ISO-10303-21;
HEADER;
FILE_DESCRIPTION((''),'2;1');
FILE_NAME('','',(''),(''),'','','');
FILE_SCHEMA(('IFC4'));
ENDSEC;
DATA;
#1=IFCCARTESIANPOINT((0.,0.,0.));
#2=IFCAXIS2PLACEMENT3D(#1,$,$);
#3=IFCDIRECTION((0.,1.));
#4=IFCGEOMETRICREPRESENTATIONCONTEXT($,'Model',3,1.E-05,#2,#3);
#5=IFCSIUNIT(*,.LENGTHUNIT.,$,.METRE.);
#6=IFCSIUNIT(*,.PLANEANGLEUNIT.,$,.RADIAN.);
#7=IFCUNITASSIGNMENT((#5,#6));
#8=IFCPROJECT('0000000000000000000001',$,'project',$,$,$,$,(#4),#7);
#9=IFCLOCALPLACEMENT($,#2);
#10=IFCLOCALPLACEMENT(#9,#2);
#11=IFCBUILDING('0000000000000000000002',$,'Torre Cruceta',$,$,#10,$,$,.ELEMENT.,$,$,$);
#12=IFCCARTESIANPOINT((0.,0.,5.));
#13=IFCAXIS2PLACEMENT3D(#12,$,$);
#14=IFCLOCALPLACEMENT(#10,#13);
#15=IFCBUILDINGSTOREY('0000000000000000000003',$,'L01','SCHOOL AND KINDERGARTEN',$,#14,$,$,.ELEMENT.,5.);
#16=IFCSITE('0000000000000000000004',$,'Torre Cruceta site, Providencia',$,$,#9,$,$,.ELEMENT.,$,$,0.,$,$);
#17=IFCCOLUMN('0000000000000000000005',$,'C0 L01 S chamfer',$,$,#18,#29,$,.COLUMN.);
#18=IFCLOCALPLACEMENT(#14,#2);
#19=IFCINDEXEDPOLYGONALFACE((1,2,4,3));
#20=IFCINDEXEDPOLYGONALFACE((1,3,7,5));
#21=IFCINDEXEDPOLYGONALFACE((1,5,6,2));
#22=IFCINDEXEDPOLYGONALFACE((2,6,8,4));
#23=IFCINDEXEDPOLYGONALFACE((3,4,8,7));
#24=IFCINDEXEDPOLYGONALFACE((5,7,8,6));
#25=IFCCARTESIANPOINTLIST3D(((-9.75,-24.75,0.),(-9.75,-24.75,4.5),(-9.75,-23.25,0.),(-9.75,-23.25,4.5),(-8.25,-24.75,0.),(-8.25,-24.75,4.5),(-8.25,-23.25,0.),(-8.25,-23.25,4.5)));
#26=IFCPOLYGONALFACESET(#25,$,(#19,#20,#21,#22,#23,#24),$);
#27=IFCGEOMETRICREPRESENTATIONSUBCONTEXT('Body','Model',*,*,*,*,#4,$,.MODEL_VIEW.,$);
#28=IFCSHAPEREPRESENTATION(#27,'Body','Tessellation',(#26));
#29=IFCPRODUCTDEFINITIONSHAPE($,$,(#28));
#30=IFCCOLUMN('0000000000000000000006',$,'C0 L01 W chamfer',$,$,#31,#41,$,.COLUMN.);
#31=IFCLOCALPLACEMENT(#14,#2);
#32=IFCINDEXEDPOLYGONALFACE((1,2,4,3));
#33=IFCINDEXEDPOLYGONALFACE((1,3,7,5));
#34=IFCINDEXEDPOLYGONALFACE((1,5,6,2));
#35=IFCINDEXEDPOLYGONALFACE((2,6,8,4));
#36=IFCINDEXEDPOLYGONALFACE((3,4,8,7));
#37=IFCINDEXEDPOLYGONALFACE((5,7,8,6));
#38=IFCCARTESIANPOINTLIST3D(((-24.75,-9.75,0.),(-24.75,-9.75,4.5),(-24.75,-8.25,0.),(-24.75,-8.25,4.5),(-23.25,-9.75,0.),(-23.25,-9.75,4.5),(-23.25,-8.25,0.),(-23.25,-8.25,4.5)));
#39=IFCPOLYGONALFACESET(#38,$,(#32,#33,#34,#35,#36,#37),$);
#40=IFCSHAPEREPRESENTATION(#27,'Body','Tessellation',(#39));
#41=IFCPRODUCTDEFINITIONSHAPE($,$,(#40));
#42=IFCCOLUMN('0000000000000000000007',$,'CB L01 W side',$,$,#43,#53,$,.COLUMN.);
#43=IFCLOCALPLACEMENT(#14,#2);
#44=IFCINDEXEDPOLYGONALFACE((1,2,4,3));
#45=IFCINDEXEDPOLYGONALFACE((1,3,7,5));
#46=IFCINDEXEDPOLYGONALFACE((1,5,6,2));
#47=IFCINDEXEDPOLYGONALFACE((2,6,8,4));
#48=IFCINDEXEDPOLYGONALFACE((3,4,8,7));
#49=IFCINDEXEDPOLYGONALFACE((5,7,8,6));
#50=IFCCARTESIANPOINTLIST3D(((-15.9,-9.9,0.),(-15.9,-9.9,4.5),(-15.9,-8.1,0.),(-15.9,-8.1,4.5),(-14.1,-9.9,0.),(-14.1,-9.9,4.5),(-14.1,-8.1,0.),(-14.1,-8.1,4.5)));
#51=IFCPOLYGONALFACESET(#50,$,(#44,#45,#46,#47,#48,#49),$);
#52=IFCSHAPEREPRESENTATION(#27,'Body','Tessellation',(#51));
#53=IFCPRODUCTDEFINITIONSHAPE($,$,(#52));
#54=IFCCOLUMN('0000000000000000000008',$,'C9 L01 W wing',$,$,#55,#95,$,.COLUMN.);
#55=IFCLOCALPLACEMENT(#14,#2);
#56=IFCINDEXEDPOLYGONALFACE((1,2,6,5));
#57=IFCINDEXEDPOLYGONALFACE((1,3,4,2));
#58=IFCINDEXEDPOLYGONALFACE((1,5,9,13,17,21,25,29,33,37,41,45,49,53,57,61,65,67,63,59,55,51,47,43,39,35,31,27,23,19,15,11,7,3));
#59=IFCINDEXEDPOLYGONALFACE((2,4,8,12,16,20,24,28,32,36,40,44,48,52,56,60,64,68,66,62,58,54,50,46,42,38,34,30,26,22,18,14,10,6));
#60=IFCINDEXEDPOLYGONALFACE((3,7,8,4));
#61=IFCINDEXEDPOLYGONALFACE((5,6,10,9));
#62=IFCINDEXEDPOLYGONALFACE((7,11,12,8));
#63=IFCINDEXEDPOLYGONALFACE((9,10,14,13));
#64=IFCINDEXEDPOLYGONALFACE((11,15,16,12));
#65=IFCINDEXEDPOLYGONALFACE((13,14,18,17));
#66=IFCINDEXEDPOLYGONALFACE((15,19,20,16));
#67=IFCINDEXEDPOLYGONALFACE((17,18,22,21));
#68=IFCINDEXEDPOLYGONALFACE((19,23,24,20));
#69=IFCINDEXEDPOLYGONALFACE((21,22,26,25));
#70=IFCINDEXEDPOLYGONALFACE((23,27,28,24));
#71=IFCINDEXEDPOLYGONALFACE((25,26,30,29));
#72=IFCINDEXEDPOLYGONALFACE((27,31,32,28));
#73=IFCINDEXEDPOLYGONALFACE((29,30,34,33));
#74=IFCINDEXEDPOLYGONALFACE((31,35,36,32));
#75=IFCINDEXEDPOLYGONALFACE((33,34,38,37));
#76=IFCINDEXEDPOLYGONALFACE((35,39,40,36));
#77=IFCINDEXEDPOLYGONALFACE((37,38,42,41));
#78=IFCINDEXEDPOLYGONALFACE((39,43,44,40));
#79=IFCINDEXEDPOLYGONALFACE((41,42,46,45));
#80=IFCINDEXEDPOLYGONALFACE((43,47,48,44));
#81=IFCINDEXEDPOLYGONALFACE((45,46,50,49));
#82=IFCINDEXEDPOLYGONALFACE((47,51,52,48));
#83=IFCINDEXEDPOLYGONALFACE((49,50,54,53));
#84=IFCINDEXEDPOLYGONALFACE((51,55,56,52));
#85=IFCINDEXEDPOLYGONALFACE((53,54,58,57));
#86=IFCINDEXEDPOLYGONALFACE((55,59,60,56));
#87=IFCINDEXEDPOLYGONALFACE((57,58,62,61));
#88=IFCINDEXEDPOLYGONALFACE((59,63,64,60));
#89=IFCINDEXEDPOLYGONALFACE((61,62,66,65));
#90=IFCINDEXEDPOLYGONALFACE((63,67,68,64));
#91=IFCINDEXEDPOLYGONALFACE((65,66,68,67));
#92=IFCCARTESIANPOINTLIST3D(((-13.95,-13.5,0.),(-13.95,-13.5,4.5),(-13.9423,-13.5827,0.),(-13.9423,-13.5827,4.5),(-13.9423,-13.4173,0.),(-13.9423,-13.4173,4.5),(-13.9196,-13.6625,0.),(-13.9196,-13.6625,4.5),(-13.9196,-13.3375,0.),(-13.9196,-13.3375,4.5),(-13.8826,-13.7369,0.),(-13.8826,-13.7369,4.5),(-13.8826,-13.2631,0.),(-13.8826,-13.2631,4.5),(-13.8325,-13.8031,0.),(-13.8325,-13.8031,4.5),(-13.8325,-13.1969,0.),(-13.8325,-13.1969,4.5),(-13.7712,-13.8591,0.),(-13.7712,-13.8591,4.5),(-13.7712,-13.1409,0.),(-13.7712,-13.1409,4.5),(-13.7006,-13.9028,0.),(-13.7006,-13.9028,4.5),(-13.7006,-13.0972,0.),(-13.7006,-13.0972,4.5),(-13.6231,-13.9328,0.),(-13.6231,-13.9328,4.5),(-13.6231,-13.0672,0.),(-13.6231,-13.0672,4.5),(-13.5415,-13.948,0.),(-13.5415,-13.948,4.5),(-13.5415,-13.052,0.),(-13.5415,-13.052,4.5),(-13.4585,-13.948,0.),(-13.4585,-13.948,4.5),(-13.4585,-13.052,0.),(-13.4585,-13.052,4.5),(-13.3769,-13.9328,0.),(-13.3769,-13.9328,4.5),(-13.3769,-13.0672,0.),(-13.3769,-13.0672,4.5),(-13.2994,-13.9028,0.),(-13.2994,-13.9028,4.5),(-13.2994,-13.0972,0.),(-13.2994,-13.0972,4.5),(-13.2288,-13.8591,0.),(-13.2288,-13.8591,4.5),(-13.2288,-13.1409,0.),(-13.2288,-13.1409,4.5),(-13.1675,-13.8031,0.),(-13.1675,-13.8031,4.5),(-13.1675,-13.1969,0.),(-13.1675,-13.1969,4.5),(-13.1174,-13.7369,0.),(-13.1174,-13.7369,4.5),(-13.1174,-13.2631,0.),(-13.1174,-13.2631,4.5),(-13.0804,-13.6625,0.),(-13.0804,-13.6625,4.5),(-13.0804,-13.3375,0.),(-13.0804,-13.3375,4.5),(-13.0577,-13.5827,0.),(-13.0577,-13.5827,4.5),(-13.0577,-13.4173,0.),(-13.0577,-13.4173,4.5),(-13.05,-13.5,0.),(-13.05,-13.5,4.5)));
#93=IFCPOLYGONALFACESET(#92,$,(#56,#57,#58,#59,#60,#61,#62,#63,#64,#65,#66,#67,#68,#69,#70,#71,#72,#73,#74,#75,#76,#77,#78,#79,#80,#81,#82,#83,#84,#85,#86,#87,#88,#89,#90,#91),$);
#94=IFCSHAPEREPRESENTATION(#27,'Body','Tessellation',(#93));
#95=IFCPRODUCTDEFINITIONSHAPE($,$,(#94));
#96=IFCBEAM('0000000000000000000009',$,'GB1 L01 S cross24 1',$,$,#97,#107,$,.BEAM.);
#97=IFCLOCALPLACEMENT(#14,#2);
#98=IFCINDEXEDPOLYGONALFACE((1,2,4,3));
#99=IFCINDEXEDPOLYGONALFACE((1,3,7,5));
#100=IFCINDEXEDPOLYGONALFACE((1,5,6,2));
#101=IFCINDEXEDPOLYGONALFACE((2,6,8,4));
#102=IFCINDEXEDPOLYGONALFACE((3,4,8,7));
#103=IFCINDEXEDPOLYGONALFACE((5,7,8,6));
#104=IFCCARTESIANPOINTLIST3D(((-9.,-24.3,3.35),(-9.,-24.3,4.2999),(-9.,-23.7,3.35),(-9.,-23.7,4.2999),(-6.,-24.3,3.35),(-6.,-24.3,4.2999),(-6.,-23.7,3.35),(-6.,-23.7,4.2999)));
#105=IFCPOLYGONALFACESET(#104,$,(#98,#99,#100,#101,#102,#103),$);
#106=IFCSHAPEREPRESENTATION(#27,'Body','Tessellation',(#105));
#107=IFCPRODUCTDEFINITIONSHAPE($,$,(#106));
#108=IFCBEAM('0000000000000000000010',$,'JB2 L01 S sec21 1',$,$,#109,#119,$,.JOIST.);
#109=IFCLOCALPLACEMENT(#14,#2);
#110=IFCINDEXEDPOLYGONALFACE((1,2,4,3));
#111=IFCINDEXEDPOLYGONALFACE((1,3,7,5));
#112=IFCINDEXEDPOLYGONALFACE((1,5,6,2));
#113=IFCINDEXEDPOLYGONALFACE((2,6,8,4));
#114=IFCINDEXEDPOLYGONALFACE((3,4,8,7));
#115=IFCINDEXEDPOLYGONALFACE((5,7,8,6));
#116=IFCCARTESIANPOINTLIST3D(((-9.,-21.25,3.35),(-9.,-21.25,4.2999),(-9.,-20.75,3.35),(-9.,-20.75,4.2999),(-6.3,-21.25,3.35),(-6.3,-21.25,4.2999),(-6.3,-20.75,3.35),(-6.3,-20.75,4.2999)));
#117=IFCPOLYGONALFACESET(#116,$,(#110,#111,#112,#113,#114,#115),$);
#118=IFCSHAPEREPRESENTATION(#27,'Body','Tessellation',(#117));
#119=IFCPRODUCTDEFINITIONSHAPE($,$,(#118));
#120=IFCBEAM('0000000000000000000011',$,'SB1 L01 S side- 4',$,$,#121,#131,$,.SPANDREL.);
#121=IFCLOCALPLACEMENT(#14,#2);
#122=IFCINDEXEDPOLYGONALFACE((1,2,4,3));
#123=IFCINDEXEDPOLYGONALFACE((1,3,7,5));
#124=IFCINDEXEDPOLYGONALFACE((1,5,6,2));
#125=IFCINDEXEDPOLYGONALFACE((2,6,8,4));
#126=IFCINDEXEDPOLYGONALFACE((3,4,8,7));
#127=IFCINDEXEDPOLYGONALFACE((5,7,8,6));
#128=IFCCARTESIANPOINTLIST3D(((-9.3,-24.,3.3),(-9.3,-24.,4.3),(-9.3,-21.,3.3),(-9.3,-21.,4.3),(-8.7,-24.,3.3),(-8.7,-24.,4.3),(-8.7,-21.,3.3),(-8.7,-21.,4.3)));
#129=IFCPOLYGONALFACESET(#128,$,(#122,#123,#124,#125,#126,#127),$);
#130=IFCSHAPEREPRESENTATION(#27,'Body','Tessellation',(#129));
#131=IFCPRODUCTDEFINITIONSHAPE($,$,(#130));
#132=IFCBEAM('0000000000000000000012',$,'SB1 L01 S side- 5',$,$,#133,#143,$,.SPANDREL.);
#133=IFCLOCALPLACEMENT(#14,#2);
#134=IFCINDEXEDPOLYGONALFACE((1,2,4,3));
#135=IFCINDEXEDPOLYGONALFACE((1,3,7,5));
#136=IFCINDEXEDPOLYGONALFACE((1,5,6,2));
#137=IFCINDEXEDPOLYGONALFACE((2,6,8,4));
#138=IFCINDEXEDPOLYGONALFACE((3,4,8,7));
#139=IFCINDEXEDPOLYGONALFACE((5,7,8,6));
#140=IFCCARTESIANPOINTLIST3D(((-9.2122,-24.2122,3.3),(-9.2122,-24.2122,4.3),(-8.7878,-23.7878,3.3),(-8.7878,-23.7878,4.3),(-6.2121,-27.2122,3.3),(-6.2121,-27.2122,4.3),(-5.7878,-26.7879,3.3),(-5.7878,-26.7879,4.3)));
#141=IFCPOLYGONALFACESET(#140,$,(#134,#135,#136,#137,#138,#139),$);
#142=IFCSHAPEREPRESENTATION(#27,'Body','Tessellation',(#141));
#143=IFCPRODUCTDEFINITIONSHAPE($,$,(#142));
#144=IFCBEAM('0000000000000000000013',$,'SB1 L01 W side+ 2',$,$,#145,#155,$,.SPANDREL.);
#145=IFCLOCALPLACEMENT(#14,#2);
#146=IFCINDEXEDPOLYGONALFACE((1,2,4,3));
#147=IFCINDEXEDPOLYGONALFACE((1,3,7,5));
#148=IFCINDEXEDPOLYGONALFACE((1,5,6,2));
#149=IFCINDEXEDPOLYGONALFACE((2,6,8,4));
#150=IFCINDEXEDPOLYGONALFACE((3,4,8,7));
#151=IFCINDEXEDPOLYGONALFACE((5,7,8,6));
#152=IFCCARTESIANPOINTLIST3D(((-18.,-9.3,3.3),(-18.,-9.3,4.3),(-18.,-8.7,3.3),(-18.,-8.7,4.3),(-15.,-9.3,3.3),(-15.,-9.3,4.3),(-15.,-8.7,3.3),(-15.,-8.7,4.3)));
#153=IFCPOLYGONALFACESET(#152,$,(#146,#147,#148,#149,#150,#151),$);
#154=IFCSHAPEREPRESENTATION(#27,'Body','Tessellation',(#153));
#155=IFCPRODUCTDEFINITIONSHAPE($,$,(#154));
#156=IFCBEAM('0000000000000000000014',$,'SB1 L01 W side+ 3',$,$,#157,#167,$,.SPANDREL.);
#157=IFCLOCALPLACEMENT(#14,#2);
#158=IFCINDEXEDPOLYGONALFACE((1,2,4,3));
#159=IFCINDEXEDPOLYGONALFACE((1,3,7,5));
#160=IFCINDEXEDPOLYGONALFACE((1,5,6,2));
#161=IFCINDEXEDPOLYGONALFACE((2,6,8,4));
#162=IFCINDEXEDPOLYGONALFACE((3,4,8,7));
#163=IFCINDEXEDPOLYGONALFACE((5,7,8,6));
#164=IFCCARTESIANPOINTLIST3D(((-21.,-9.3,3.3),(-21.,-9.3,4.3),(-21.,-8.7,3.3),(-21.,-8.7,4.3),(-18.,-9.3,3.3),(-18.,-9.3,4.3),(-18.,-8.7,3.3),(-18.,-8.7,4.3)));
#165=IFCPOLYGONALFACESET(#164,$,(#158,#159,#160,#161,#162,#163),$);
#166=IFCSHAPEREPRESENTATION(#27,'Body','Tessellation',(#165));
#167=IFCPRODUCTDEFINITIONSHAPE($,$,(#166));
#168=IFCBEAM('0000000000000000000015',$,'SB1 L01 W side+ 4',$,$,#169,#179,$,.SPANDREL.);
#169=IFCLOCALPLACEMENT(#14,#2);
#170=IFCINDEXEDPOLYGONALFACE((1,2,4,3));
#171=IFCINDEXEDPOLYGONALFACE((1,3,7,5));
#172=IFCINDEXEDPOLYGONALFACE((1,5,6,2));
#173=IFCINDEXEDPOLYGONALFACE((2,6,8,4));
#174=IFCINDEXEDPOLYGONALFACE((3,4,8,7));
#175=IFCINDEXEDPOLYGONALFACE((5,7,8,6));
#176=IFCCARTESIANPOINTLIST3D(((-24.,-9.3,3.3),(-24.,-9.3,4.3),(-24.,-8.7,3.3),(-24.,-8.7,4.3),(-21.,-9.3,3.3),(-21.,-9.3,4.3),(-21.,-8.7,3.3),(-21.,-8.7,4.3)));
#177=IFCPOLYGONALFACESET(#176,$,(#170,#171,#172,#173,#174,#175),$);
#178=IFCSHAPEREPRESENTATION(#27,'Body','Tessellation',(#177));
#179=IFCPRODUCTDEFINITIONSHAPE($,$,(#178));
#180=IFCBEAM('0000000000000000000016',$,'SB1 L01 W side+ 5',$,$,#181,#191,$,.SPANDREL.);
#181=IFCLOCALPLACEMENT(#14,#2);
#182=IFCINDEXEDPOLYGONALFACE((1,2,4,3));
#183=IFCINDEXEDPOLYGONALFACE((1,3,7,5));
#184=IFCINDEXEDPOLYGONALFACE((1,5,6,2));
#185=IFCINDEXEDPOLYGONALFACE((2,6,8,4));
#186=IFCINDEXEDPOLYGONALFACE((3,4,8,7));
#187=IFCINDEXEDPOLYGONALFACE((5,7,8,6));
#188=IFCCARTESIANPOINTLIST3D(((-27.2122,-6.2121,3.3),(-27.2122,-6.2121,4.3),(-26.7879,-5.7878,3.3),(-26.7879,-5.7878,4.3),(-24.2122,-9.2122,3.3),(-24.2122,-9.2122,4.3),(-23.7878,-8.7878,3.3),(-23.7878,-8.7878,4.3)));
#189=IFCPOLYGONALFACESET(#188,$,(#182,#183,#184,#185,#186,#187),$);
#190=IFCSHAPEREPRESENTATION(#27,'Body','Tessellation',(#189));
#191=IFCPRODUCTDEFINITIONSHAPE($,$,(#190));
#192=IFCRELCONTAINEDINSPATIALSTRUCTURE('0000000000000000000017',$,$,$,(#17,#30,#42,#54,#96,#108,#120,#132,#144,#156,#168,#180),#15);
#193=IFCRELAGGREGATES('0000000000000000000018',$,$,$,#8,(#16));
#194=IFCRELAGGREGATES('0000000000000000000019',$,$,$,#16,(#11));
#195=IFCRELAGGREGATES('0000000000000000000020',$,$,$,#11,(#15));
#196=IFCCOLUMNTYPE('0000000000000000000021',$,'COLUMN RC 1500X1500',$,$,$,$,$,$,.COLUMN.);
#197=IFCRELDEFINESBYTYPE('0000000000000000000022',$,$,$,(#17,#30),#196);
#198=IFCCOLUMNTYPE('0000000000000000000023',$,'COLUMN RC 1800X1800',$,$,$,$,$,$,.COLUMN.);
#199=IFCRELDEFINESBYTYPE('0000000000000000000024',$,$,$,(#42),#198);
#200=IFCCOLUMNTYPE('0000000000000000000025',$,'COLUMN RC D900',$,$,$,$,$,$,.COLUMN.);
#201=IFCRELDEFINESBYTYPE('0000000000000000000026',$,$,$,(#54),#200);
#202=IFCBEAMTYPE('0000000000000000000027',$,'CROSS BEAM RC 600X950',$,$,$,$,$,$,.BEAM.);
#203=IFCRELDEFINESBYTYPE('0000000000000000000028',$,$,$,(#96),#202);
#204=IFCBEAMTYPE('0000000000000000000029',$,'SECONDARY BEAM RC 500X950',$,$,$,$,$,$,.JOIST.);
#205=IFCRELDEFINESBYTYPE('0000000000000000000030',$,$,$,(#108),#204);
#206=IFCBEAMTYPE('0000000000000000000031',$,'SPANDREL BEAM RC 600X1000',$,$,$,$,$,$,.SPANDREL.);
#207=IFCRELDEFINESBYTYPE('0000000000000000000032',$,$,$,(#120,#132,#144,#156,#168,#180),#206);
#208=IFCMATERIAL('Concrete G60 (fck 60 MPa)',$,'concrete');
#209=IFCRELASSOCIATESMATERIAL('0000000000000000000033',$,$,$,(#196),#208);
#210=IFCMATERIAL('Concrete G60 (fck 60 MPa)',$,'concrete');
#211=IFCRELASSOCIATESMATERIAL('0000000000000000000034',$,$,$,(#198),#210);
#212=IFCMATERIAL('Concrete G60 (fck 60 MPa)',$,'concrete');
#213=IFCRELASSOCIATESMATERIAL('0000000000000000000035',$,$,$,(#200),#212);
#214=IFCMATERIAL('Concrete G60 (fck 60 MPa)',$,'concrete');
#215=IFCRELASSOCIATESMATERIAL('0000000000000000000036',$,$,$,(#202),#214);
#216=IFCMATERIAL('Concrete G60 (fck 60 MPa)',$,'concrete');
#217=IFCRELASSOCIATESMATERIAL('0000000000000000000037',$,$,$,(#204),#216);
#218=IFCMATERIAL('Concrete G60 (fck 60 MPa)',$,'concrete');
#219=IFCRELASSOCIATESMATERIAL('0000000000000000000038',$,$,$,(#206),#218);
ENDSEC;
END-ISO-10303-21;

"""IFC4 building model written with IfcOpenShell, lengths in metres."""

from ifc_helpers import new_model, si_unit, direction, frame, origin, origin_2d, place, context, subcontext, project, spatial, rectangle, circle, extrude, material, material_profile, profile_set, type_object, element, save


model = new_model("IFC4")

# Units and contexts
model_context = context("Model", 3, precision=1e-05, world=origin(), true_north=direction((0.0, 1.0)))
body_context = subcontext(model_context, "Body", "Model", "MODEL_VIEW")
ifc_project = project(units=[si_unit("LENGTHUNIT", "METRE"), si_unit("PLANEANGLEUNIT", "RADIAN")], contexts=[model_context])

# Site, building, storey
site_placement = place(None, origin())
site = spatial("IfcSite", under=ifc_project, at=site_placement, Name="Torre Cruceta site, Providencia", CompositionType="ELEMENT", RefElevation=0.0)
building_placement = place(site_placement, origin())
building = spatial("IfcBuilding", under=site, at=building_placement, Name="Torre Cruceta", CompositionType="ELEMENT")
storey_placement = place(building_placement, frame((0.0, 0.0, 5.0)))
storey = spatial("IfcBuildingStorey", under=building, at=storey_placement, Name="L01", Description="SCHOOL AND KINDERGARTEN", CompositionType="ELEMENT", Elevation=5.0)

# Columns
ifc_material_1 = material(Name="Concrete G60 (fck 60 MPa)", Category="concrete")
ifc_material_profile_1 = material_profile(ifc_material_1, rectangle(XDim=1.5, YDim=1.5, at=origin_2d()), Name="RC 1500X1500")
ifc_profile_set_1 = profile_set([ifc_material_profile_1], Name="Concrete G60 (fck 60 MPa)")
column_type_1 = type_object("IfcColumnType", Name="COLUMN RC 1500X1500", PredefinedType="COLUMN", material=ifc_profile_set_1)
for number, where, z_axis, x_axis, name in (
    (1, (-9.0, -24.0, 0.0), (0.0, 0.0, 1.0), (1.0, 0.0, 0.0), "C0 L01 S chamfer"),
    (2, (-24.0, -9.0, 0.0), (0.0, 0.0, 1.0), (1.0, 0.0, 0.0), "C0 L01 W chamfer"),
):
    element("IfcColumn", number, at=place(storey_placement, frame(where, z_axis=z_axis, x_axis=x_axis)), inside=storey, type_object=column_type_1, Name=name, PredefinedType="COLUMN", context=body_context, shape_type="SweptSolid", body=[
        extrude(rectangle(XDim=1.5, YDim=1.5, at=origin_2d()), origin(), (0.0, 0.0, 1.0), 4.5),
    ])
ifc_material_2 = material(Name="Concrete G60 (fck 60 MPa)", Category="concrete")
ifc_material_profile_2 = material_profile(ifc_material_2, rectangle(XDim=1.8, YDim=1.8, at=origin_2d()), Name="RC 1800X1800")
ifc_profile_set_2 = profile_set([ifc_material_profile_2], Name="Concrete G60 (fck 60 MPa)")
column_type_2 = type_object("IfcColumnType", Name="COLUMN RC 1800X1800", PredefinedType="COLUMN", material=ifc_profile_set_2)
column_1_placement = place(storey_placement, frame((-15.0, -9.0, 0.0), z_axis=(0.0, 0.0, 1.0), x_axis=(1.0, 0.0, 0.0)))
element("IfcColumn", 3, at=column_1_placement, inside=storey, type_object=column_type_2, Name="CB L01 W side", PredefinedType="COLUMN", context=body_context, shape_type="SweptSolid", body=[
    extrude(rectangle(XDim=1.8, YDim=1.8, at=origin_2d()), origin(), (0.0, 0.0, 1.0), 4.5),
])
ifc_material_3 = material(Name="Concrete G60 (fck 60 MPa)", Category="concrete")
ifc_material_profile_3 = material_profile(ifc_material_3, circle(Radius=0.45, at=origin_2d()), Name="RC D900")
ifc_profile_set_3 = profile_set([ifc_material_profile_3], Name="Concrete G60 (fck 60 MPa)")
column_type_3 = type_object("IfcColumnType", Name="COLUMN RC D900", PredefinedType="COLUMN", material=ifc_profile_set_3)
column_2_placement = place(storey_placement, frame((-13.5, -13.5, 0.0), z_axis=(0.0, 0.0, 1.0), x_axis=(1.0, 0.0, 0.0)))
element("IfcColumn", 4, at=column_2_placement, inside=storey, type_object=column_type_3, Name="C9 L01 W wing", PredefinedType="COLUMN", context=body_context, shape_type="SweptSolid", body=[
    extrude(circle(Radius=0.45, at=origin_2d()), origin(), (0.0, 0.0, 1.0), 4.5),
])

# Beams
ifc_material_4 = material(Name="Concrete G60 (fck 60 MPa)", Category="concrete")
ifc_material_profile_4 = material_profile(ifc_material_4, rectangle(XDim=0.6001, YDim=0.95, at=origin_2d()), Name="RC 600X950")
ifc_profile_set_4 = profile_set([ifc_material_profile_4], Name="Concrete G60 (fck 60 MPa)")
beam_type_1 = type_object("IfcBeamType", Name="CROSS BEAM RC 600X950", PredefinedType="BEAM", material=ifc_profile_set_4)
beam_1_placement = place(storey_placement, frame((-9.0, -24.0, 3.825), z_axis=(1.0, 0.0, 0.0), x_axis=(0.0, 1.0, 0.0)))
element("IfcBeam", 5, at=beam_1_placement, inside=storey, type_object=beam_type_1, Name="GB1 L01 S cross24 1", PredefinedType="BEAM", context=body_context, shape_type="SweptSolid", body=[
    extrude(rectangle(XDim=0.6001, YDim=0.95, at=origin_2d()), origin(), (0.0, 0.0, 1.0), 3.0),
])
ifc_material_5 = material(Name="Concrete G60 (fck 60 MPa)", Category="concrete")
ifc_material_profile_5 = material_profile(ifc_material_5, rectangle(XDim=0.5, YDim=0.95, at=origin_2d()), Name="RC 500X950")
ifc_profile_set_5 = profile_set([ifc_material_profile_5], Name="Concrete G60 (fck 60 MPa)")
beam_type_2 = type_object("IfcBeamType", Name="SECONDARY BEAM RC 500X950", PredefinedType="JOIST", material=ifc_profile_set_5)
beam_2_placement = place(storey_placement, frame((-9.0, -21.0, 3.825), z_axis=(1.0, 0.0, 0.0), x_axis=(0.0, 1.0, 0.0)))
element("IfcBeam", 6, at=beam_2_placement, inside=storey, type_object=beam_type_2, Name="JB2 L01 S sec21 1", PredefinedType="JOIST", context=body_context, shape_type="SweptSolid", body=[
    extrude(rectangle(XDim=0.5, YDim=0.95, at=origin_2d()), origin(), (0.0, 0.0, 1.0), 2.7),
])
ifc_material_6 = material(Name="Concrete G60 (fck 60 MPa)", Category="concrete")
ifc_material_profile_6 = material_profile(ifc_material_6, rectangle(XDim=0.6001, YDim=1.0, at=origin_2d()), Name="RC 600X1000")
ifc_profile_set_6 = profile_set([ifc_material_profile_6], Name="Concrete G60 (fck 60 MPa)")
beam_type_3 = type_object("IfcBeamType", Name="SPANDREL BEAM RC 600X1000", PredefinedType="SPANDREL", material=ifc_profile_set_6)
beam_3_placement = place(storey_placement, frame((-9.0, -21.0, 3.8), z_axis=(0.0, -1.0, 0.0), x_axis=(1.0, 0.0, 0.0)))
element("IfcBeam", 7, at=beam_3_placement, inside=storey, type_object=beam_type_3, Name="SB1 L01 S side- 4", PredefinedType="SPANDREL", context=body_context, shape_type="SweptSolid", body=[
    extrude(rectangle(XDim=0.6001, YDim=1.0, at=origin_2d()), origin(), (0.0, 0.0, 1.0), 3.0),
])
beam_4_placement = place(storey_placement, frame((-9.0, -24.0, 3.8), z_axis=(0.707107, -0.707107, 0.0), x_axis=(0.707107, 0.707107, 0.0)))
element("IfcBeam", 8, at=beam_4_placement, inside=storey, type_object=beam_type_3, Name="SB1 L01 S side- 5", PredefinedType="SPANDREL", context=body_context, shape_type="SweptSolid", body=[
    extrude(rectangle(XDim=0.6001, YDim=1.0, at=origin_2d()), origin(), (0.0, 0.0, 1.0), 4.2427),
])
for number, where, z_axis, x_axis, name in (
    (9, (-15.0, -9.0, 3.8), (-1.0, 0.0, 0.0), (0.0, -1.0, 0.0), "SB1 L01 W side+ 2"),
    (10, (-18.0, -9.0, 3.8), (-1.0, 0.0, 0.0), (0.0, -1.0, 0.0), "SB1 L01 W side+ 3"),
    (11, (-21.0, -9.0, 3.8), (-1.0, 0.0, 0.0), (0.0, -1.0, 0.0), "SB1 L01 W side+ 4"),
):
    element("IfcBeam", number, at=place(storey_placement, frame(where, z_axis=z_axis, x_axis=x_axis)), inside=storey, type_object=beam_type_3, Name=name, PredefinedType="SPANDREL", context=body_context, shape_type="SweptSolid", body=[
        extrude(rectangle(XDim=0.6001, YDim=1.0, at=origin_2d()), origin(), (0.0, 0.0, 1.0), 3.0),
    ])
beam_5_placement = place(storey_placement, frame((-24.0, -9.0, 3.8), z_axis=(-0.707107, 0.707107, 0.0), x_axis=(-0.707107, -0.707107, 0.0)))
element("IfcBeam", 12, at=beam_5_placement, inside=storey, type_object=beam_type_3, Name="SB1 L01 W side+ 5", PredefinedType="SPANDREL", context=body_context, shape_type="SweptSolid", body=[
    extrude(rectangle(XDim=0.6001, YDim=1.0, at=origin_2d()), origin(), (0.0, 0.0, 1.0), 4.2427),
])

save(model, "model.ifc")
